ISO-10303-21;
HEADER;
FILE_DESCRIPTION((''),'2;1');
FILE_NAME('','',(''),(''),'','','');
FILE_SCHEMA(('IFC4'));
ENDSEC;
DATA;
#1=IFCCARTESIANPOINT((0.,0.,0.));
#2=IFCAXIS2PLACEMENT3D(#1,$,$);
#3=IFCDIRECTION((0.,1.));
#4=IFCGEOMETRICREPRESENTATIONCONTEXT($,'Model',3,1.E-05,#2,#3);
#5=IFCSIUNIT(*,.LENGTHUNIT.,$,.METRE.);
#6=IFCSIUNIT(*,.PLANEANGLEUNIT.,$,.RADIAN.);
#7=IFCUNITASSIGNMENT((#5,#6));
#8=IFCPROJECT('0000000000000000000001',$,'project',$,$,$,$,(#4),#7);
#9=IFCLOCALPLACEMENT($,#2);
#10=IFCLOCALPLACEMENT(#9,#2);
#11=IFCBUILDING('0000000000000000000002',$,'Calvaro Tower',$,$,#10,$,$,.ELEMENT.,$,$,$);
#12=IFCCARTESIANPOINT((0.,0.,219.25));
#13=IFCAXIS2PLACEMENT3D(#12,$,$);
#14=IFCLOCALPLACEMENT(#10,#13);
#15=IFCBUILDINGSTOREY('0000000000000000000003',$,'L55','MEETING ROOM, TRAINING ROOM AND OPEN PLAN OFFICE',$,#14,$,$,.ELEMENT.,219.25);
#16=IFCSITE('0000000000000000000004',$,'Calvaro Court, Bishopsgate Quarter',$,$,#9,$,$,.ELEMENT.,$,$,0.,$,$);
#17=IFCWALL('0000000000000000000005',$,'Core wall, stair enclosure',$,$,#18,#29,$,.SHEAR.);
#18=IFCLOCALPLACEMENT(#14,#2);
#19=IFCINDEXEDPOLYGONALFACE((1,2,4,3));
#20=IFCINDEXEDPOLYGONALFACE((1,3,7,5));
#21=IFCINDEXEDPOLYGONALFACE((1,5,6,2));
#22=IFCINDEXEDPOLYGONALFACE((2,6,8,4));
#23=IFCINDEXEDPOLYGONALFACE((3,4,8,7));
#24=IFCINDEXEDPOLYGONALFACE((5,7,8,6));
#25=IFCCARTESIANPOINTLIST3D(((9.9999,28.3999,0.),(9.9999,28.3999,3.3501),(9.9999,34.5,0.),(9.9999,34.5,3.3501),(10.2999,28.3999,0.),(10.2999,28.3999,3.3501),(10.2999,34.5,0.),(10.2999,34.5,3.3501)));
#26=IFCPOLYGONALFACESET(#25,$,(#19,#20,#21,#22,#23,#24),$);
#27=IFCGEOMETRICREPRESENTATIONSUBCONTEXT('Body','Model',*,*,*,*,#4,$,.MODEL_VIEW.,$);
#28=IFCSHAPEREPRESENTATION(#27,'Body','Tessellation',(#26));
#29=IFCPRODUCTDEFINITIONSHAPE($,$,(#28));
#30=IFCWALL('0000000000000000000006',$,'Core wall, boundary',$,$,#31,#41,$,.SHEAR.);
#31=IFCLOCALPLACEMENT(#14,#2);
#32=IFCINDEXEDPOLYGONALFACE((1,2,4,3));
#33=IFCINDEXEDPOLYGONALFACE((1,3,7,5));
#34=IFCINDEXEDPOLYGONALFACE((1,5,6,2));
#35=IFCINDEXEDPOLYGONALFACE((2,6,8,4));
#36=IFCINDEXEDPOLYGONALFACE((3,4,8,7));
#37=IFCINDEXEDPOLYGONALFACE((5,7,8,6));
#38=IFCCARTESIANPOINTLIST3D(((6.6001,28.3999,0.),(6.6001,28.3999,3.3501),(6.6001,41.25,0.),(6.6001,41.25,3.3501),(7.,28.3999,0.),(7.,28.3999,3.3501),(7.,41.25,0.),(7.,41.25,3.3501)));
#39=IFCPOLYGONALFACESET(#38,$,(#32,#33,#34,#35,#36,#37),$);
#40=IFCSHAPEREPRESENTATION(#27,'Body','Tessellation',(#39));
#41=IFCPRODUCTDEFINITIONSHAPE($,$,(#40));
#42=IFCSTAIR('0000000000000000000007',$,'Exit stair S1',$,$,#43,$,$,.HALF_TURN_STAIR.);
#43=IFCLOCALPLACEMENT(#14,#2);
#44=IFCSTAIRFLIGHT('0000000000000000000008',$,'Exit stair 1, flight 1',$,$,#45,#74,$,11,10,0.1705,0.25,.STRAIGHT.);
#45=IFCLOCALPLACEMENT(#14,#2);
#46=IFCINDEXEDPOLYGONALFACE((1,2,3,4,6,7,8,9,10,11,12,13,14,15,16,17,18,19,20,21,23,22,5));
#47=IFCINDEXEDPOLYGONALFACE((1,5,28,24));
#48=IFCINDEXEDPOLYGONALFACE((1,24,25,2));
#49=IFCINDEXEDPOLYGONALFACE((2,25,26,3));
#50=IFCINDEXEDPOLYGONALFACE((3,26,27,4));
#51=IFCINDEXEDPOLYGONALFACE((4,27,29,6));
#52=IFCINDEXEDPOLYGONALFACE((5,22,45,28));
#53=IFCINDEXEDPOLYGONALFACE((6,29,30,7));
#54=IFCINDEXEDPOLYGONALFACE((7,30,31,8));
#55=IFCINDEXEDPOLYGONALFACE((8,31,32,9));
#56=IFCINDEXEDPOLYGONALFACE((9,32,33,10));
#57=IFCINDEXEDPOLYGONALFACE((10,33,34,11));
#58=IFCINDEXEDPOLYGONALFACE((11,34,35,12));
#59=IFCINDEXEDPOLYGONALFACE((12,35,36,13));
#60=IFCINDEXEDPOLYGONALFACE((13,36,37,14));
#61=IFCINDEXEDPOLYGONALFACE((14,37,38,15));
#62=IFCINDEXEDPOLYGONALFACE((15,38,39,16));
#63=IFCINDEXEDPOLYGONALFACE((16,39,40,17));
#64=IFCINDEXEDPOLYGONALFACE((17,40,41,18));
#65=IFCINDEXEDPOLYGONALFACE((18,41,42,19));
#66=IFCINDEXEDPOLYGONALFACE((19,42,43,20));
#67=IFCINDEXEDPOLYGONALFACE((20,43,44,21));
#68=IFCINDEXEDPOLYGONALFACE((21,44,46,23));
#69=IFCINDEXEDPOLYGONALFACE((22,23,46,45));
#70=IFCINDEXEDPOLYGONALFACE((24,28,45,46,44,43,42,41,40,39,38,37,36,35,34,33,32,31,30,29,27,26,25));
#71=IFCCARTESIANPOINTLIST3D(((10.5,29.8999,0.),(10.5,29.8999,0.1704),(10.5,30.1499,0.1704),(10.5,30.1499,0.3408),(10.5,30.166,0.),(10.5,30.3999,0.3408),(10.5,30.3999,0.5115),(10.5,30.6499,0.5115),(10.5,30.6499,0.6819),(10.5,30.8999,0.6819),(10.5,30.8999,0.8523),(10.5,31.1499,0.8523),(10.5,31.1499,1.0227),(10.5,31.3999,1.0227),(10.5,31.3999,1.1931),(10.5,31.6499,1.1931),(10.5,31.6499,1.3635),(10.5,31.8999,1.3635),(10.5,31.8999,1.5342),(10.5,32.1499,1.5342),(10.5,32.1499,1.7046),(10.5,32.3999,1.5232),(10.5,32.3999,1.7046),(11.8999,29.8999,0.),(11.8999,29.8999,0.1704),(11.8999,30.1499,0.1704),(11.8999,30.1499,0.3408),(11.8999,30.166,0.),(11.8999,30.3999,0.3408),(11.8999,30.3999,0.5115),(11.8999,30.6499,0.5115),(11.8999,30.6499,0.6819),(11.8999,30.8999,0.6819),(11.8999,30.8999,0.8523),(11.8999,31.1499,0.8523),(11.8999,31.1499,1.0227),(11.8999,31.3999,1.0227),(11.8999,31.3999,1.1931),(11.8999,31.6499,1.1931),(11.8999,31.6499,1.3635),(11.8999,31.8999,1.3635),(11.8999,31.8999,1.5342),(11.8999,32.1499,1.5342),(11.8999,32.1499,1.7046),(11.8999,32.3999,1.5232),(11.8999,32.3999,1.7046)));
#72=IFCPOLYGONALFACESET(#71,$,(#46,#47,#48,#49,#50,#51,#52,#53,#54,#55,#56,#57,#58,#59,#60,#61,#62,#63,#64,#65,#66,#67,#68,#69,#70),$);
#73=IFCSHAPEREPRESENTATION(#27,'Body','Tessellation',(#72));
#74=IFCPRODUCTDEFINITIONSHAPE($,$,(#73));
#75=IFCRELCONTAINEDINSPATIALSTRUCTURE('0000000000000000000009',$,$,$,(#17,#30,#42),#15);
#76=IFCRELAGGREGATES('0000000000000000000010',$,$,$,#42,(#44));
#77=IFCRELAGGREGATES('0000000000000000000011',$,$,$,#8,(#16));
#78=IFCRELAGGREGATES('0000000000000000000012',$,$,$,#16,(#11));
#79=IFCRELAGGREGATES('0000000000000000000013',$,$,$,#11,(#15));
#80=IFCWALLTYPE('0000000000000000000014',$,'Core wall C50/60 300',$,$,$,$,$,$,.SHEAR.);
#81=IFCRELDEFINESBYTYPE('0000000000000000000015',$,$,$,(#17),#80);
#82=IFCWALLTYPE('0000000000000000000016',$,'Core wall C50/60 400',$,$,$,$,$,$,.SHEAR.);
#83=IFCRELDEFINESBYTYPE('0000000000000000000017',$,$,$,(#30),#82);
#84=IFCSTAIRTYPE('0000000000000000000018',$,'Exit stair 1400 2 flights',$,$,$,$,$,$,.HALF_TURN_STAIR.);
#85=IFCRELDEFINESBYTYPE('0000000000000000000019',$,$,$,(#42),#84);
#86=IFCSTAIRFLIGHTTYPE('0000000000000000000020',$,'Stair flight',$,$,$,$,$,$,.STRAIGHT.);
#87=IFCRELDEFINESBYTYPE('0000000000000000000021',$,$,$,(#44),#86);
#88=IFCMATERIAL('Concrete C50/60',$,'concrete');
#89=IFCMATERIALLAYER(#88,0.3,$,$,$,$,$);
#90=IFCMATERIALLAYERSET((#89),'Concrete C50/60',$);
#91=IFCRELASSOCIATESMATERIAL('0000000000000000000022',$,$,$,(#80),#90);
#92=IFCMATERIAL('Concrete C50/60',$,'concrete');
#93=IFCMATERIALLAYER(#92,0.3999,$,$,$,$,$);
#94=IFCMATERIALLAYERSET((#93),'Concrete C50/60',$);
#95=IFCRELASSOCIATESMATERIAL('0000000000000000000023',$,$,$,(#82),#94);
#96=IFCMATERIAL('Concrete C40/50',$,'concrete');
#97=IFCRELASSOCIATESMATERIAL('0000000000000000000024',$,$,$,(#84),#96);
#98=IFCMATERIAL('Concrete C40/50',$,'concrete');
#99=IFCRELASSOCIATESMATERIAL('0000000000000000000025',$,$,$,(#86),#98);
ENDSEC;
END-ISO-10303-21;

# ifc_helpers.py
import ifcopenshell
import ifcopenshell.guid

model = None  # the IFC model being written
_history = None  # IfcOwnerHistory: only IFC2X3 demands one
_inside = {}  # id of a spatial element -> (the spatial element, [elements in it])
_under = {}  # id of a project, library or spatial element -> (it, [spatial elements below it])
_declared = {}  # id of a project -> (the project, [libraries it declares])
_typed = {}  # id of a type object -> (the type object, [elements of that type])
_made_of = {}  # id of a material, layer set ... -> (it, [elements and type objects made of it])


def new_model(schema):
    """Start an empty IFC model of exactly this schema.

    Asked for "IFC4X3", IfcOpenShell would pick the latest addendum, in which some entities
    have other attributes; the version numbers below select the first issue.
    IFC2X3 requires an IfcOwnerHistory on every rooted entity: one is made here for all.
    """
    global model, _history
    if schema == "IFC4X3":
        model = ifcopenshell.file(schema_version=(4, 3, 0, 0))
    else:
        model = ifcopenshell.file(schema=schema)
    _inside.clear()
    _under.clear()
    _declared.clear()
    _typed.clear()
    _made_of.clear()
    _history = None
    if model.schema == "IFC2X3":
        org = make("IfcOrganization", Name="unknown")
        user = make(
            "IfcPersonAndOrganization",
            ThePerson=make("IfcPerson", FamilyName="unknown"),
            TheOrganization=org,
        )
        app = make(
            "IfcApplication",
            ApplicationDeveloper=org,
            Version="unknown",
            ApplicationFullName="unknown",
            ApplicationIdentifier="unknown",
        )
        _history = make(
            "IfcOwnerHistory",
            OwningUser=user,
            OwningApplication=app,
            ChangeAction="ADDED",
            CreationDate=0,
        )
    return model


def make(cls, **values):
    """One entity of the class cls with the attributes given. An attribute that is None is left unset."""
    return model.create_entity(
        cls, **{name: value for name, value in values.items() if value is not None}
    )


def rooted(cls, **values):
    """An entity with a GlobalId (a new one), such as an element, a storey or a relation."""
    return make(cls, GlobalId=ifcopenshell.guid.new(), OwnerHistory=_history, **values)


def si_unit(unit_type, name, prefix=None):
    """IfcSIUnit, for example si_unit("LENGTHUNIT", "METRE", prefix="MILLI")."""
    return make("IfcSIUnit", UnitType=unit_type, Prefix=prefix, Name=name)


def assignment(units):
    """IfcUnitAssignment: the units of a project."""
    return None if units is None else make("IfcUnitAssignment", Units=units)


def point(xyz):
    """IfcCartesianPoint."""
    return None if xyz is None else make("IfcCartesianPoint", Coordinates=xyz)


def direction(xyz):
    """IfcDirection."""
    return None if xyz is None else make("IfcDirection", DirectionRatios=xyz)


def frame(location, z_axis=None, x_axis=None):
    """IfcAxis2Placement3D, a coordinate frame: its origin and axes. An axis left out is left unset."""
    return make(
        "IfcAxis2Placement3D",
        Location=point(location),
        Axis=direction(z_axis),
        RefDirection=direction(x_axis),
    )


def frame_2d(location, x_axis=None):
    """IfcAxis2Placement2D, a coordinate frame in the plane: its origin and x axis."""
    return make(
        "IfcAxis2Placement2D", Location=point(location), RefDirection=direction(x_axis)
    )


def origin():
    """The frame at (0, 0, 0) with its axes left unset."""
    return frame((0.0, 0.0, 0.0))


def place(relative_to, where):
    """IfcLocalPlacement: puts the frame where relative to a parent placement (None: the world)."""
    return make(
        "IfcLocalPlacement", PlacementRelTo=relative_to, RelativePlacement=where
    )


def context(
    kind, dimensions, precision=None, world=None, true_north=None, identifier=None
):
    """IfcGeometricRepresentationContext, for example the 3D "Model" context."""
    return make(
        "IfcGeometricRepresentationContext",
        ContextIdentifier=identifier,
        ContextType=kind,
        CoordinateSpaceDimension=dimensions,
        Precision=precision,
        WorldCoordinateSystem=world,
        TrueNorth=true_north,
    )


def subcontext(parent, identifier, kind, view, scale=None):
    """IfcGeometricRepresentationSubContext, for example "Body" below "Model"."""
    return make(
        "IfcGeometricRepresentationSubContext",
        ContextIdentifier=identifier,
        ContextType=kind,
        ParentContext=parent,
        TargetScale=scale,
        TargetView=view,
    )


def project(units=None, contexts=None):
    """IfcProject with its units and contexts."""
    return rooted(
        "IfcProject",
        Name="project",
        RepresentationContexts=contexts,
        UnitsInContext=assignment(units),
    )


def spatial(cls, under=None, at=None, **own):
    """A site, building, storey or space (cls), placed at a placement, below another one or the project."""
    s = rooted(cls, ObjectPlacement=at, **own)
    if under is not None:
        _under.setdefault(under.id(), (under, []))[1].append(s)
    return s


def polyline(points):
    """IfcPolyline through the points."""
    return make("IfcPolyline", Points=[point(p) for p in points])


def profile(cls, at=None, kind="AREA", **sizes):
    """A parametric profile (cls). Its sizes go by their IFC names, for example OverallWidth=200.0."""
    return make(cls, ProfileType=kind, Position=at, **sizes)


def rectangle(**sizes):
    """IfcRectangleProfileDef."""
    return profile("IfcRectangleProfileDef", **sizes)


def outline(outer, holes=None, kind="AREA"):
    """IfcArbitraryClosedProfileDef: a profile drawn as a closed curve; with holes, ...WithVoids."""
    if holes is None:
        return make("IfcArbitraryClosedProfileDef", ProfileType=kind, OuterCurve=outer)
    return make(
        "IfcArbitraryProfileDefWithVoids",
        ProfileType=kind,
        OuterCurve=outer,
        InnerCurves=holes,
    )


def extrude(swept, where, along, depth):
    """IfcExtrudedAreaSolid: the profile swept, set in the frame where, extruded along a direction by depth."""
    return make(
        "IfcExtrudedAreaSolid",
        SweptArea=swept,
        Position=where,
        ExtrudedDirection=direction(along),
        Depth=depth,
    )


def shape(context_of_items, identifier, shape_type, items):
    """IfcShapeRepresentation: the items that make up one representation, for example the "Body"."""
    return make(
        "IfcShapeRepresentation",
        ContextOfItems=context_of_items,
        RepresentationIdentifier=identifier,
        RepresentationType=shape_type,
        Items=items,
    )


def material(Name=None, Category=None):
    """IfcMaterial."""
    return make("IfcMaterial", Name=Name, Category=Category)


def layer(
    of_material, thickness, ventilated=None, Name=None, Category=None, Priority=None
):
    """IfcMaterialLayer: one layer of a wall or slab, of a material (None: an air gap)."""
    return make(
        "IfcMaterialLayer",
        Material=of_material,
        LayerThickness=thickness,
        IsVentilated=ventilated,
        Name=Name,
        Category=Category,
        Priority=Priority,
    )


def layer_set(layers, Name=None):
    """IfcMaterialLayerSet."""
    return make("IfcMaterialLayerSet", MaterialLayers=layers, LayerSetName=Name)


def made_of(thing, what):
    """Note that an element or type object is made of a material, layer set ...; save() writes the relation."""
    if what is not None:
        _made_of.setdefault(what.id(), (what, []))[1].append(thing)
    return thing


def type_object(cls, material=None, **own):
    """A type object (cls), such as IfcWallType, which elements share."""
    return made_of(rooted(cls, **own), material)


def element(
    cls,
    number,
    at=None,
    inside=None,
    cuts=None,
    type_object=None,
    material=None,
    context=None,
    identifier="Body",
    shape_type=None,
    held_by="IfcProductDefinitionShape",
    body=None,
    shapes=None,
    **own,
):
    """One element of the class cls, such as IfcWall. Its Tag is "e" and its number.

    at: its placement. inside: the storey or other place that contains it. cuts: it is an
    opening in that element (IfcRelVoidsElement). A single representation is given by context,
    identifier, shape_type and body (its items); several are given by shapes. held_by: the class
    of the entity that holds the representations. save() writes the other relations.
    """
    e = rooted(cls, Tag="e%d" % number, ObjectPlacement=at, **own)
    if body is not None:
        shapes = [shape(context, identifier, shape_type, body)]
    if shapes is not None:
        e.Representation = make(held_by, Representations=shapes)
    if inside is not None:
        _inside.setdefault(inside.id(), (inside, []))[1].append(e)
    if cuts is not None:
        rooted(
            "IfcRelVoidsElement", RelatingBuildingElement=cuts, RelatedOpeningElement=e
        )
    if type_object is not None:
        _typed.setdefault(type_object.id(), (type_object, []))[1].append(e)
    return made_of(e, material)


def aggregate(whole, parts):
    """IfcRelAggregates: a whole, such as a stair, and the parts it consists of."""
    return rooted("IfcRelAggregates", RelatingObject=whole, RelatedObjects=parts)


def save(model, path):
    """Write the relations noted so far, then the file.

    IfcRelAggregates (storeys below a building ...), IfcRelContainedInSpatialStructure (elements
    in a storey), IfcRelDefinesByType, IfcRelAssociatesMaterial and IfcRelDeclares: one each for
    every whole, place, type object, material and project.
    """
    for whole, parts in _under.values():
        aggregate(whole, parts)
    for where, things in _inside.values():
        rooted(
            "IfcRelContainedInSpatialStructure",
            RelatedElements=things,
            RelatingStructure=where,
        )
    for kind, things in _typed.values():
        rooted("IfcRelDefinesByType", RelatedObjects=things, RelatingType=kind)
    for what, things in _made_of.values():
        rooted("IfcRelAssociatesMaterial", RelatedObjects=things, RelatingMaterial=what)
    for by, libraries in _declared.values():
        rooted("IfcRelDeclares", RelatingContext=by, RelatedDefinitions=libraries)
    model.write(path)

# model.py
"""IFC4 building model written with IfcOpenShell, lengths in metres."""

from ifc_helpers import new_model, si_unit, direction, frame, frame_2d, origin, place, context, subcontext, project, spatial, polyline, rectangle, outline, extrude, material, layer, layer_set, type_object, element, aggregate, save


model = new_model("IFC4")

# Units and contexts
model_context = context("Model", 3, precision=1e-05, world=origin(), true_north=direction((0.0, 1.0)))
body_context = subcontext(model_context, "Body", "Model", "MODEL_VIEW")
ifc_project = project(units=[si_unit("LENGTHUNIT", "METRE"), si_unit("PLANEANGLEUNIT", "RADIAN")], contexts=[model_context])

# Site, building, storey
site_placement = place(None, origin())
site = spatial("IfcSite", under=ifc_project, at=site_placement, Name="Calvaro Court, Bishopsgate Quarter", CompositionType="ELEMENT", RefElevation=0.0)
building_placement = place(site_placement, origin())
building = spatial("IfcBuilding", under=site, at=building_placement, Name="Calvaro Tower", CompositionType="ELEMENT")
storey_placement = place(building_placement, frame((0.0, 0.0, 219.25)))
storey = spatial("IfcBuildingStorey", under=building, at=storey_placement, Name="L55", Description="MEETING ROOM, TRAINING ROOM AND OPEN PLAN OFFICE", CompositionType="ELEMENT", Elevation=219.25)

# Walls
ifc_material_1 = material(Name="Concrete C50/60", Category="concrete")
ifc_layer_1 = layer(ifc_material_1, 0.3)
ifc_layer_set_1 = layer_set([ifc_layer_1], Name="Concrete C50/60")
wall_type_1 = type_object("IfcWallType", Name="Core wall C50/60 300", PredefinedType="SHEAR", material=ifc_layer_set_1)
wall_1_placement = place(storey_placement, frame((10.1499, 28.3999, 0.0), z_axis=(0.0, 0.0, 1.0), x_axis=(0.0, 1.0, 0.0)))
element("IfcWall", 1, at=wall_1_placement, inside=storey, type_object=wall_type_1, Name="Core wall, stair enclosure", PredefinedType="SHEAR", context=body_context, shape_type="SweptSolid", body=[
    extrude(rectangle(XDim=6.1001, YDim=0.3, at=frame_2d((3.05, 0.0))), origin(), (0.0, 0.0, 1.0), 3.3501),
])
ifc_material_2 = material(Name="Concrete C50/60", Category="concrete")
ifc_layer_2 = layer(ifc_material_2, 0.3999)
ifc_layer_set_2 = layer_set([ifc_layer_2], Name="Concrete C50/60")
wall_type_2 = type_object("IfcWallType", Name="Core wall C50/60 400", PredefinedType="SHEAR", material=ifc_layer_set_2)
wall_2_placement = place(storey_placement, frame((6.8, 28.3999, 0.0), z_axis=(0.0, 0.0, 1.0), x_axis=(0.0, 1.0, 0.0)))
element("IfcWall", 2, at=wall_2_placement, inside=storey, type_object=wall_type_2, Name="Core wall, boundary", PredefinedType="SHEAR", context=body_context, shape_type="SweptSolid", body=[
    extrude(rectangle(XDim=12.8501, YDim=0.3999, at=frame_2d((6.425, 0.0))), origin(), (0.0, 0.0, 1.0), 3.3501),
])

# Stair, stair flight
ifc_material_3 = material(Name="Concrete C40/50", Category="concrete")
stair_type = type_object("IfcStairType", Name="Exit stair 1400 2 flights", PredefinedType="HALF_TURN_STAIR", material=ifc_material_3)
stair_placement = place(storey_placement, origin())
stair = element("IfcStair", 3, at=stair_placement, inside=storey, type_object=stair_type, Name="Exit stair S1", PredefinedType="HALF_TURN_STAIR")
ifc_material_4 = material(Name="Concrete C40/50", Category="concrete")
stair_flight_type = type_object("IfcStairFlightType", Name="Stair flight", PredefinedType="STRAIGHT", material=ifc_material_4)
stair_flight_placement = place(storey_placement, frame((11.2, 29.8999, 0.0), z_axis=(0.0, 0.0, 1.0), x_axis=(0.0, 1.0, 0.0)))
stair_flight = element("IfcStairFlight", 4, at=stair_flight_placement, type_object=stair_flight_type, Name="Exit stair 1, flight 1", NumberOfRisers=11, NumberOfTreads=10, PredefinedType="STRAIGHT", RiserHeight=0.1705, TreadLength=0.25, context=body_context, shape_type="SweptSolid", body=[
    extrude(outline(polyline([(0.0, 0.0), (0.0, 0.1704), (0.25, 0.1704), (0.25, 0.3408), (0.5, 0.3408), (0.5, 0.5115), (0.75, 0.5115), (0.75, 0.6819), (1.0, 0.6819), (1.0, 0.8523), (1.25, 0.8523), (1.25, 1.0227), (1.5, 1.0227), (1.5, 1.1931), (1.75, 1.1931), (1.75, 1.3635), (2.0, 1.3635), (2.0, 1.5342), (2.25, 1.5342), (2.25, 1.7046), (2.5, 1.7046), (2.5, 1.875), (2.5, 1.5232), (0.2661, 0.0), (0.0, 0.0)])), frame((0.0, 0.7, 0.0), z_axis=(0.0, -1.0, 0.0), x_axis=(1.0, 0.0, 0.0)), (0.0, 0.0, 1.0), 1.3999),
])
aggregate(stair, [stair_flight])

save(model, "model.ifc")
